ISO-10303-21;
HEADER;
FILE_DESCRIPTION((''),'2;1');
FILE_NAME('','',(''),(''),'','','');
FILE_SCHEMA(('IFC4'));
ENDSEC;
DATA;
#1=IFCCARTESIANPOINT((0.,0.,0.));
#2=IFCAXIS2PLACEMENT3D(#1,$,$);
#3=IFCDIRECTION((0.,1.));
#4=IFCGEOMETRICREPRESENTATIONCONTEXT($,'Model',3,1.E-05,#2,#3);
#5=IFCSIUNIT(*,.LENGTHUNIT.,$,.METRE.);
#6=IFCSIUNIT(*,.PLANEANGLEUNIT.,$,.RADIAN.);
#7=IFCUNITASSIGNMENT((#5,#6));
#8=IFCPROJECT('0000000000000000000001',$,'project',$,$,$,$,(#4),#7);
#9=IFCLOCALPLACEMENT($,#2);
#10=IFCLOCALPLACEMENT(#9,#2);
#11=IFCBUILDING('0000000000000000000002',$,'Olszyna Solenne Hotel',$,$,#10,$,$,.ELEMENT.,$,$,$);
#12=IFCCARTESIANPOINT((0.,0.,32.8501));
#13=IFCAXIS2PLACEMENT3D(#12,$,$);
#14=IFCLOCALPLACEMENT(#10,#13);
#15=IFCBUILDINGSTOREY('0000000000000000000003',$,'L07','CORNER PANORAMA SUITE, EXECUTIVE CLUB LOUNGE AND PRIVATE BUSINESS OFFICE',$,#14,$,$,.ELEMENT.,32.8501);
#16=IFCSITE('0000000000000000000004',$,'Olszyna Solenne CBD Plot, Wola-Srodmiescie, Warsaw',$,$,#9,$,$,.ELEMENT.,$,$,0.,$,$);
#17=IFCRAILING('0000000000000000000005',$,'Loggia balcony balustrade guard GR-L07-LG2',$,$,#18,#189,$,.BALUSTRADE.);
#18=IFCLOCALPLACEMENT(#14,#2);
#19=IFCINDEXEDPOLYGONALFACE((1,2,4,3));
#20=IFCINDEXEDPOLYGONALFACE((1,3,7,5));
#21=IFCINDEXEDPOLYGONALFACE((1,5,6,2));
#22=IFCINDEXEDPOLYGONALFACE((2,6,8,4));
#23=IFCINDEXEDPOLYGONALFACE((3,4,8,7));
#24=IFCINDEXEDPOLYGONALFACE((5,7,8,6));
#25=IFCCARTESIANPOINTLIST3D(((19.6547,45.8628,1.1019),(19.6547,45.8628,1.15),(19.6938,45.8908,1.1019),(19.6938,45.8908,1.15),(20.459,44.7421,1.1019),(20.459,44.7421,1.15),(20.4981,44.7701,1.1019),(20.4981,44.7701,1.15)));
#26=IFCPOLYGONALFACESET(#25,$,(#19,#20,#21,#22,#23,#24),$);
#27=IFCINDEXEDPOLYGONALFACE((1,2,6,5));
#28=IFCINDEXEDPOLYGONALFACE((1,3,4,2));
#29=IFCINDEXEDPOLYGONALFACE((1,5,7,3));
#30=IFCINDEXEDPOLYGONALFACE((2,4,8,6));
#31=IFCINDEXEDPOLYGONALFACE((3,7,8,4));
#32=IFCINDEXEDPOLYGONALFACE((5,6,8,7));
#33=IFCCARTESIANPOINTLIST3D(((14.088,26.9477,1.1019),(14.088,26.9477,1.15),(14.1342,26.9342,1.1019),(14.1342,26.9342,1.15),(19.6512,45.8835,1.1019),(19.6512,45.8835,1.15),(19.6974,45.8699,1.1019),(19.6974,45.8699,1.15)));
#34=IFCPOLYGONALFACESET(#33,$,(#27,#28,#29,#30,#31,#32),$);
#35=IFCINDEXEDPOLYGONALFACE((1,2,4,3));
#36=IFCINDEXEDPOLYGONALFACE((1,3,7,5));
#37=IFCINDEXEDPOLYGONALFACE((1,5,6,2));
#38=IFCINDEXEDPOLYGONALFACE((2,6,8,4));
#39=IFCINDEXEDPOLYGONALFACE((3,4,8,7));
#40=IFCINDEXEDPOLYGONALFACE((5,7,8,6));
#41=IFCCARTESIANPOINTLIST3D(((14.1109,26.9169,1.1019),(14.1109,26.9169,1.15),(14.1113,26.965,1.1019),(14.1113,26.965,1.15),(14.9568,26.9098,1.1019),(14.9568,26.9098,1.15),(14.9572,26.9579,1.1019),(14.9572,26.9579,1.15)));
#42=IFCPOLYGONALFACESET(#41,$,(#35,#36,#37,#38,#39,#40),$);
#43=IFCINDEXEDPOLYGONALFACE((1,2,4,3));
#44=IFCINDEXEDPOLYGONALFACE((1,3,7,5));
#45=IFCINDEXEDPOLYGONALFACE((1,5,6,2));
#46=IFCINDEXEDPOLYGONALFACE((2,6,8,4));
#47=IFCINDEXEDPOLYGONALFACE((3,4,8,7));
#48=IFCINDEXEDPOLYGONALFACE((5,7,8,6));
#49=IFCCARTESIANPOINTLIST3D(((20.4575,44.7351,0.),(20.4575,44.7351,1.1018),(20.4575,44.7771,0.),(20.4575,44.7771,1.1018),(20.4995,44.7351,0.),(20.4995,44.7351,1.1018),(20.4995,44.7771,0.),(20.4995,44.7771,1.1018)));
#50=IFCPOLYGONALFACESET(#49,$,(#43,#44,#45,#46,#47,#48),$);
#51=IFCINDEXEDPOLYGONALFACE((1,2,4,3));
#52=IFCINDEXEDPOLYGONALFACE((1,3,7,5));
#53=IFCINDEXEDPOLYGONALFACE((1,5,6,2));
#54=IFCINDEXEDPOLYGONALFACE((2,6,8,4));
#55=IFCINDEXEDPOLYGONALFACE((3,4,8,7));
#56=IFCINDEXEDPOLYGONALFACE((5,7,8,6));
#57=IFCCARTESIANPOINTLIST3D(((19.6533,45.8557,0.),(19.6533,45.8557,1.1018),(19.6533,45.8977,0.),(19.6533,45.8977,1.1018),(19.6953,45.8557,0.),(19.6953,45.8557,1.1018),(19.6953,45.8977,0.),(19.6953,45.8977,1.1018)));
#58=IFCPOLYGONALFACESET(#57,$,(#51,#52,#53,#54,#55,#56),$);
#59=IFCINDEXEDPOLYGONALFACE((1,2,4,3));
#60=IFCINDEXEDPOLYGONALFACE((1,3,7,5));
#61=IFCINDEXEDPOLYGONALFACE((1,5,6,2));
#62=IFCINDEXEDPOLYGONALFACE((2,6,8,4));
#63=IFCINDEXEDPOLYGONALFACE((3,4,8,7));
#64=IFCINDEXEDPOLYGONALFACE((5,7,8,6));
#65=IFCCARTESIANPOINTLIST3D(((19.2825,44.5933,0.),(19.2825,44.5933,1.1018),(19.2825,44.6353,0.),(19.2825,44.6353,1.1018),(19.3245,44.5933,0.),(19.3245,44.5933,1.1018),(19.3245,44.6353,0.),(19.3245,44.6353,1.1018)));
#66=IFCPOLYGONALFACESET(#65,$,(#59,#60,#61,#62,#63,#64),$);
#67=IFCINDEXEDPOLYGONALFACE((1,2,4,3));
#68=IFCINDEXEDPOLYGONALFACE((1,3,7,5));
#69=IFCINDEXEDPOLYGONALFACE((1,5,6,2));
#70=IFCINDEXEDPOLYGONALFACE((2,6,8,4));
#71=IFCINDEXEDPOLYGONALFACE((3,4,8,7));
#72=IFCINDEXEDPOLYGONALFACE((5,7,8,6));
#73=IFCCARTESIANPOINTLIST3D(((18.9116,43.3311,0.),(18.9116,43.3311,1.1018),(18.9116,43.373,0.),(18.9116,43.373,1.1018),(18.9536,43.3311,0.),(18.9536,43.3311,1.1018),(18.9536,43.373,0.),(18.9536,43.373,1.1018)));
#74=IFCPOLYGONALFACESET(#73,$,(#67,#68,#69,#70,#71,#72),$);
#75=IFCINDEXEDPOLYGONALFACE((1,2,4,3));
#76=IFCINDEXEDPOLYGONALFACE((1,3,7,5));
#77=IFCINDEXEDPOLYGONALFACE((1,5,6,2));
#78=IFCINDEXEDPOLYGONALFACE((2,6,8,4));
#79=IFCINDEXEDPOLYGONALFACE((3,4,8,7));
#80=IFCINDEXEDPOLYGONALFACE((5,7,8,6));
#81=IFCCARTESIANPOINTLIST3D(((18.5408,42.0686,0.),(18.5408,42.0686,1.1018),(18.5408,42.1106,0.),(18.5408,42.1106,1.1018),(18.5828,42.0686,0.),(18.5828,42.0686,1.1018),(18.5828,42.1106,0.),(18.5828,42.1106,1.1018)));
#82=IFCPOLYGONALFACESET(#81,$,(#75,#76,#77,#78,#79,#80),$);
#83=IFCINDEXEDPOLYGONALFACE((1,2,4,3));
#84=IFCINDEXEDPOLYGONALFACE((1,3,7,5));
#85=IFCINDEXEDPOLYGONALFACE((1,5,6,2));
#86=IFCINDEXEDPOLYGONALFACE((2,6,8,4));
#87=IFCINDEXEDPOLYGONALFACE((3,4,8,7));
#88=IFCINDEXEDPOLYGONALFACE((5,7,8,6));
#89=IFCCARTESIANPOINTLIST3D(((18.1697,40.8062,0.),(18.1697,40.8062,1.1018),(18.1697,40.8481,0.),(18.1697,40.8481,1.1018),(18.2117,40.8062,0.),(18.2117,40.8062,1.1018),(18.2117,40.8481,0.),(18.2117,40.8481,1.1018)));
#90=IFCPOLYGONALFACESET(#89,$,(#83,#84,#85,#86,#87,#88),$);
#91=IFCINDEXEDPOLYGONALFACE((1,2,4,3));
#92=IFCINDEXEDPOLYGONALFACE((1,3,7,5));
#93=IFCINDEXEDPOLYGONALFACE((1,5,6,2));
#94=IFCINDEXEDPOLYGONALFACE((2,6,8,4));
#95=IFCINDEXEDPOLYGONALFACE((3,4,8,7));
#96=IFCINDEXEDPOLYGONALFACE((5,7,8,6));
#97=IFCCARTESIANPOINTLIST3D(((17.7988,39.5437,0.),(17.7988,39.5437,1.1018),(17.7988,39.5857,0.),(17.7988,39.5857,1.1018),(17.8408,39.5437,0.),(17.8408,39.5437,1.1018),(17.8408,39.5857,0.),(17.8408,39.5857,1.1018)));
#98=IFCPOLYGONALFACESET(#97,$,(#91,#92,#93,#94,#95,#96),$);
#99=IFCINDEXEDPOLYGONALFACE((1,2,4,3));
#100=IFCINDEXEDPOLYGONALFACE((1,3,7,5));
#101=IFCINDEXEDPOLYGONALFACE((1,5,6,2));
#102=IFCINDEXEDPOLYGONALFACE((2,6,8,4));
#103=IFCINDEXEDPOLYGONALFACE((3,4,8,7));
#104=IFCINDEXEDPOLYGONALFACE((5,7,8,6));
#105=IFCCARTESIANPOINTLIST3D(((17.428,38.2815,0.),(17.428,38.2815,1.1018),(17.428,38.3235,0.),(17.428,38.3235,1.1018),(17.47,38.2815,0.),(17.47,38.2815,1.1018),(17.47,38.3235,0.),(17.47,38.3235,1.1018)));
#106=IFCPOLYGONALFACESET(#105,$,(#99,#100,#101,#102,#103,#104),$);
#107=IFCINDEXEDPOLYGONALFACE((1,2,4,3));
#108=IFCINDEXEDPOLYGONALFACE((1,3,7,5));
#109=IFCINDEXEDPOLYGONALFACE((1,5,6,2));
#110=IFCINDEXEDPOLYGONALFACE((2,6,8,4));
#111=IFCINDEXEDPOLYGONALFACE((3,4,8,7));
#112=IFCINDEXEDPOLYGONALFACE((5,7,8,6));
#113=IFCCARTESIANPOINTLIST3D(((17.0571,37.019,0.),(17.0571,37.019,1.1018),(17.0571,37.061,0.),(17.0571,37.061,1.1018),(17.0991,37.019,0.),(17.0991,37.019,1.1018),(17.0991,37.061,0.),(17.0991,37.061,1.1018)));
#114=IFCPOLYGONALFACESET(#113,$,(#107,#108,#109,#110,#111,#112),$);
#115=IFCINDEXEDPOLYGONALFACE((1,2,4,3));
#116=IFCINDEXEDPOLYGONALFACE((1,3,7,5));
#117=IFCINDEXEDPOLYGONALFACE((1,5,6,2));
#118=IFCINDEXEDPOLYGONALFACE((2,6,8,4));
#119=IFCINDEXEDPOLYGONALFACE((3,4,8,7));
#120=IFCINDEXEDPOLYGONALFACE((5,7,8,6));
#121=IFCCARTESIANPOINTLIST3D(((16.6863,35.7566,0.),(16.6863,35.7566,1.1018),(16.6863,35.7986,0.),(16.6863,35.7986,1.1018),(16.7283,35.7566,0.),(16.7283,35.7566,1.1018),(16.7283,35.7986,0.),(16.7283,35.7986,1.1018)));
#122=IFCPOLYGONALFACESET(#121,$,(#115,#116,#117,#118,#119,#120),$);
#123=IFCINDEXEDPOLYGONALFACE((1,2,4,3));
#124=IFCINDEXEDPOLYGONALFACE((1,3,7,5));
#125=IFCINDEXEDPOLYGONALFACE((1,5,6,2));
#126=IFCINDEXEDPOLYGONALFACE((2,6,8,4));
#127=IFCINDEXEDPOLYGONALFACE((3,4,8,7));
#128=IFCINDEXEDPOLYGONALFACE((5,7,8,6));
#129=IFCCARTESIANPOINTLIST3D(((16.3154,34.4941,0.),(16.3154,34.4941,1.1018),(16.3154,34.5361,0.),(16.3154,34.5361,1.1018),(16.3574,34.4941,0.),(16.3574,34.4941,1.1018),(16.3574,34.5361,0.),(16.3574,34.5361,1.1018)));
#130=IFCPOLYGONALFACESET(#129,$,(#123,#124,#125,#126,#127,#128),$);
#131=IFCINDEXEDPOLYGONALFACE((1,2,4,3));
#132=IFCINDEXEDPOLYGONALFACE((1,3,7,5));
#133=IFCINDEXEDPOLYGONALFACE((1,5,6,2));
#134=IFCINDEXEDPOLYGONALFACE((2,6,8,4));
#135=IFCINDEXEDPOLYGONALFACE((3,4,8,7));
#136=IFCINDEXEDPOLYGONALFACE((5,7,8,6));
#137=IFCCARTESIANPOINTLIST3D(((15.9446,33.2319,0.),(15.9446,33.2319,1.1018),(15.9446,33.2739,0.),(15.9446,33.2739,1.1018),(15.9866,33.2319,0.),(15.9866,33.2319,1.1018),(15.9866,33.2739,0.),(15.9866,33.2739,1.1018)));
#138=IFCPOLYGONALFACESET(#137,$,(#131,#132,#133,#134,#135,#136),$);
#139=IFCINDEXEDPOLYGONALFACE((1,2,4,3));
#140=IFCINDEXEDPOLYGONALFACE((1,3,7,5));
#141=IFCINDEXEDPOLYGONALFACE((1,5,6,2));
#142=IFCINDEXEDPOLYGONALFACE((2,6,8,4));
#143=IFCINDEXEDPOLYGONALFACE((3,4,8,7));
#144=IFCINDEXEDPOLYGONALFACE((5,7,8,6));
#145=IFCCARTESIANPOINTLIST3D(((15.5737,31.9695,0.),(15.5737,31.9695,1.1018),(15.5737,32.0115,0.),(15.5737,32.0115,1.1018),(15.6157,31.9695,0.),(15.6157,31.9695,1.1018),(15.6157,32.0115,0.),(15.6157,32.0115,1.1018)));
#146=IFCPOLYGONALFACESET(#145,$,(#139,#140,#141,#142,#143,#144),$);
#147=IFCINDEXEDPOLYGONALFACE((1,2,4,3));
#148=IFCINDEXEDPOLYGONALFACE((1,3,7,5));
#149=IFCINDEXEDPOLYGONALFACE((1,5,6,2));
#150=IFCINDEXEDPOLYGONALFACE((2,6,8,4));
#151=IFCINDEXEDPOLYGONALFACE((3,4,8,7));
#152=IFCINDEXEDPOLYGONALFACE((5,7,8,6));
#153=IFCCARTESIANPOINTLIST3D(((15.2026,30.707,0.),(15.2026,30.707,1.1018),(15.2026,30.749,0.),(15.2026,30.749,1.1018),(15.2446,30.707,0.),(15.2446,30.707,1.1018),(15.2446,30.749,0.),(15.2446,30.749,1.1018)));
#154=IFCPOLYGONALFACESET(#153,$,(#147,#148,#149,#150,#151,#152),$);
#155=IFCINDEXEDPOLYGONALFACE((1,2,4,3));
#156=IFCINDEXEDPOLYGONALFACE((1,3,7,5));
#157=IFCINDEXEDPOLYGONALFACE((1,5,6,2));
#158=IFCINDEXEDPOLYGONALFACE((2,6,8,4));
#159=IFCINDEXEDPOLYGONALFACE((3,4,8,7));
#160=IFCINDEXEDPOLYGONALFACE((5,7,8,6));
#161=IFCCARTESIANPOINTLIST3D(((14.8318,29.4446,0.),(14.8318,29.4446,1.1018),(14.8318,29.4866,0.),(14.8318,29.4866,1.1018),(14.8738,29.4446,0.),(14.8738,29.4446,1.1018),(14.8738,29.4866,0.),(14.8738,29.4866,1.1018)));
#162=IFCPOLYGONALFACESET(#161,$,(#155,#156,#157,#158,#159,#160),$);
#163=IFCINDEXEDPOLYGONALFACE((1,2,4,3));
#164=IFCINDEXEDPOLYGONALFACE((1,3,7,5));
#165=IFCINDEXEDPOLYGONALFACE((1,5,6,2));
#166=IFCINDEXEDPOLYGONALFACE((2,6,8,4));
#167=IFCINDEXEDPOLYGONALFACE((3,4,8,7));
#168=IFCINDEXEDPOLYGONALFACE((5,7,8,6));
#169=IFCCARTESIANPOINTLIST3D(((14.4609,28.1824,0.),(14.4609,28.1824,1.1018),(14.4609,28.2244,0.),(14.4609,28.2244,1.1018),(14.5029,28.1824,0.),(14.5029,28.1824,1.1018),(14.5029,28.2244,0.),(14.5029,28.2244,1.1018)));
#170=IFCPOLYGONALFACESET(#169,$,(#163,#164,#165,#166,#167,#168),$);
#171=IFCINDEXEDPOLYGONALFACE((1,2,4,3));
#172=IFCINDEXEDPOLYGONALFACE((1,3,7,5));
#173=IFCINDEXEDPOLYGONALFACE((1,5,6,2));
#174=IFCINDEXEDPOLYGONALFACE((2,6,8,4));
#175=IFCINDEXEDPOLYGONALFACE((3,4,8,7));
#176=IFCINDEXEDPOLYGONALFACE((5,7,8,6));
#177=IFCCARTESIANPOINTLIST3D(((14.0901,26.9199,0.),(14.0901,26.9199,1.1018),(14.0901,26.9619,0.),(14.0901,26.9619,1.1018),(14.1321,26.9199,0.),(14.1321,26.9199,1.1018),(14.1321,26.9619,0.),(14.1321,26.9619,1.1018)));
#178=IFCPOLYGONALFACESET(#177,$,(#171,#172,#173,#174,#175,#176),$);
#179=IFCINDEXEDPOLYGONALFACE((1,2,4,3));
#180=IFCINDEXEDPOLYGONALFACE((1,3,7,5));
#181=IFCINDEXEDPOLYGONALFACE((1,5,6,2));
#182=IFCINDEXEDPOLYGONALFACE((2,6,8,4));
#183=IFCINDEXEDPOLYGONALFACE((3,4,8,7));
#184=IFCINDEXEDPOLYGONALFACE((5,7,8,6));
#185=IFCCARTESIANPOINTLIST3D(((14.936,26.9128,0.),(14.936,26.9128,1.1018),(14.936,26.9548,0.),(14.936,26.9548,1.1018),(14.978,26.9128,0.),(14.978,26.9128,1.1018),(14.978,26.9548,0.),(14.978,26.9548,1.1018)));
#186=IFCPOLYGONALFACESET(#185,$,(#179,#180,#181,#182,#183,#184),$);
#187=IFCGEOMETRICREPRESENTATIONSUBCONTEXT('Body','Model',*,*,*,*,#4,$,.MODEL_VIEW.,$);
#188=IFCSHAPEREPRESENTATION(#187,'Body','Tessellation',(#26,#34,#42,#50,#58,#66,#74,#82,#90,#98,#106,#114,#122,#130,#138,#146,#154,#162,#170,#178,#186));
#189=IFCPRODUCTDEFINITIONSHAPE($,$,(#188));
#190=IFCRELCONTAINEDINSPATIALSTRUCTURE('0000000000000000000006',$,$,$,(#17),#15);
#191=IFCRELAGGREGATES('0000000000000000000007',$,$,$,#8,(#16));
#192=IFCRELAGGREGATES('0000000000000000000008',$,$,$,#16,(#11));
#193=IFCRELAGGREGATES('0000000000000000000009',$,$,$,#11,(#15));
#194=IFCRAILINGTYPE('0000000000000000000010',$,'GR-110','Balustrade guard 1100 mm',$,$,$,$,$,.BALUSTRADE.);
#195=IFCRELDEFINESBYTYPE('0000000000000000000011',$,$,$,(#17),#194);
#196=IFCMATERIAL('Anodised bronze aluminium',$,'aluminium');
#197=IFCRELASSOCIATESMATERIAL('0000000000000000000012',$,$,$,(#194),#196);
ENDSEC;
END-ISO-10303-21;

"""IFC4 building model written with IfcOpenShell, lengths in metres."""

from ifc_helpers import new_model, si_unit, direction, frame, origin, origin_2d, place, context, subcontext, project, spatial, rectangle, extrude, material, type_object, element, save


model = new_model("IFC4")

# Units and contexts
model_context = context("Model", 3, precision=1e-05, world=origin(), true_north=direction((0.0, 1.0)))
body_context = subcontext(model_context, "Body", "Model", "MODEL_VIEW")
ifc_project = project(units=[si_unit("LENGTHUNIT", "METRE"), si_unit("PLANEANGLEUNIT", "RADIAN")], contexts=[model_context])

# Site, building, storey
site_placement = place(None, origin())
site = spatial("IfcSite", under=ifc_project, at=site_placement, Name="Olszyna Solenne CBD Plot, Wola-Srodmiescie, Warsaw", CompositionType="ELEMENT", RefElevation=0.0)
building_placement = place(site_placement, origin())
building = spatial("IfcBuilding", under=site, at=building_placement, Name="Olszyna Solenne Hotel", CompositionType="ELEMENT")
storey_placement = place(building_placement, frame((0.0, 0.0, 32.8501)))
storey = spatial("IfcBuildingStorey", under=building, at=storey_placement, Name="L07", Description="CORNER PANORAMA SUITE, EXECUTIVE CLUB LOUNGE AND PRIVATE BUSINESS OFFICE", CompositionType="ELEMENT", Elevation=32.8501)

# Shared definitions
ifc_material_1 = material(Name="Anodised bronze aluminium", Category="aluminium")

# Railing
railing_type = type_object("IfcRailingType", Name="GR-110", Description="Balustrade guard 1100 mm", PredefinedType="BALUSTRADE", material=ifc_material_1)
railing_placement = place(storey_placement, frame((20.4785, 44.7561, 0.0)))
element("IfcRailing", 1, at=railing_placement, inside=storey, type_object=railing_type, Name="Loggia balcony balustrade guard GR-L07-LG2", PredefinedType="BALUSTRADE", context=body_context, shape_type="SweptSolid", body=[
    extrude(rectangle(XDim=0.0481, YDim=0.0481, at=origin_2d()), frame((0.0, 0.0, 1.126), z_axis=(-0.583045, 0.81244, 0.0), x_axis=(-0.81244, -0.583045, 0.0)), (0.0, 0.0, 1.0), 1.3794),
    extrude(rectangle(XDim=0.0481, YDim=0.0481, at=origin_2d()), frame((-0.8042, 1.1206, 1.126), z_axis=(-0.281881, -0.959449, 0.0), x_axis=(0.959449, -0.281881, 0.0)), (0.0, 0.0, 1.0), 19.7361),
    extrude(rectangle(XDim=0.0481, YDim=0.0481, at=origin_2d()), frame((-6.3674, -17.8152, 1.126), z_axis=(0.999965, -0.008369, 0.0), x_axis=(0.008369, 0.999965, 0.0)), (0.0, 0.0, 1.0), 0.8459),
    extrude(rectangle(XDim=0.042, YDim=0.042, at=origin_2d()), origin(), (0.0, 0.0, 1.0), 1.1018),
    extrude(rectangle(XDim=0.042, YDim=0.042, at=origin_2d()), frame((-0.8042, 1.1206, 0.0)), (0.0, 0.0, 1.0), 1.1018),
    extrude(rectangle(XDim=0.042, YDim=0.042, at=origin_2d()), frame((-1.175, -0.1418, 0.0)), (0.0, 0.0, 1.0), 1.1018),
    extrude(rectangle(XDim=0.042, YDim=0.042, at=origin_2d()), frame((-1.5459, -1.4041, 0.0)), (0.0, 0.0, 1.0), 1.1018),
    extrude(rectangle(XDim=0.042, YDim=0.042, at=origin_2d()), frame((-1.9167, -2.6665, 0.0)), (0.0, 0.0, 1.0), 1.1018),
    extrude(rectangle(XDim=0.042, YDim=0.042, at=origin_2d()), frame((-2.2878, -3.929, 0.0)), (0.0, 0.0, 1.0), 1.1018),
    extrude(rectangle(XDim=0.042, YDim=0.042, at=origin_2d()), frame((-2.6587, -5.1914, 0.0)), (0.0, 0.0, 1.0), 1.1018),
    extrude(rectangle(XDim=0.042, YDim=0.042, at=origin_2d()), frame((-3.0295, -6.4536, 0.0)), (0.0, 0.0, 1.0), 1.1018),
    extrude(rectangle(XDim=0.042, YDim=0.042, at=origin_2d()), frame((-3.4004, -7.7161, 0.0)), (0.0, 0.0, 1.0), 1.1018),
    extrude(rectangle(XDim=0.042, YDim=0.042, at=origin_2d()), frame((-3.7712, -8.9785, 0.0)), (0.0, 0.0, 1.0), 1.1018),
    extrude(rectangle(XDim=0.042, YDim=0.042, at=origin_2d()), frame((-4.1421, -10.241, 0.0)), (0.0, 0.0, 1.0), 1.1018),
    extrude(rectangle(XDim=0.042, YDim=0.042, at=origin_2d()), frame((-4.5129, -11.5032, 0.0)), (0.0, 0.0, 1.0), 1.1018),
    extrude(rectangle(XDim=0.042, YDim=0.042, at=origin_2d()), frame((-4.8838, -12.7656, 0.0)), (0.0, 0.0, 1.0), 1.1018),
    extrude(rectangle(XDim=0.042, YDim=0.042, at=origin_2d()), frame((-5.2549, -14.0281, 0.0)), (0.0, 0.0, 1.0), 1.1018),
    extrude(rectangle(XDim=0.042, YDim=0.042, at=origin_2d()), frame((-5.6257, -15.2905, 0.0)), (0.0, 0.0, 1.0), 1.1018),
    extrude(rectangle(XDim=0.042, YDim=0.042, at=origin_2d()), frame((-5.9966, -16.5527, 0.0)), (0.0, 0.0, 1.0), 1.1018),
    extrude(rectangle(XDim=0.042, YDim=0.042, at=origin_2d()), frame((-6.3674, -17.8152, 0.0)), (0.0, 0.0, 1.0), 1.1018),
    extrude(rectangle(XDim=0.042, YDim=0.042, at=origin_2d()), frame((-5.5215, -17.8223, 0.0)), (0.0, 0.0, 1.0), 1.1018),
])

save(model, "model.ifc")
